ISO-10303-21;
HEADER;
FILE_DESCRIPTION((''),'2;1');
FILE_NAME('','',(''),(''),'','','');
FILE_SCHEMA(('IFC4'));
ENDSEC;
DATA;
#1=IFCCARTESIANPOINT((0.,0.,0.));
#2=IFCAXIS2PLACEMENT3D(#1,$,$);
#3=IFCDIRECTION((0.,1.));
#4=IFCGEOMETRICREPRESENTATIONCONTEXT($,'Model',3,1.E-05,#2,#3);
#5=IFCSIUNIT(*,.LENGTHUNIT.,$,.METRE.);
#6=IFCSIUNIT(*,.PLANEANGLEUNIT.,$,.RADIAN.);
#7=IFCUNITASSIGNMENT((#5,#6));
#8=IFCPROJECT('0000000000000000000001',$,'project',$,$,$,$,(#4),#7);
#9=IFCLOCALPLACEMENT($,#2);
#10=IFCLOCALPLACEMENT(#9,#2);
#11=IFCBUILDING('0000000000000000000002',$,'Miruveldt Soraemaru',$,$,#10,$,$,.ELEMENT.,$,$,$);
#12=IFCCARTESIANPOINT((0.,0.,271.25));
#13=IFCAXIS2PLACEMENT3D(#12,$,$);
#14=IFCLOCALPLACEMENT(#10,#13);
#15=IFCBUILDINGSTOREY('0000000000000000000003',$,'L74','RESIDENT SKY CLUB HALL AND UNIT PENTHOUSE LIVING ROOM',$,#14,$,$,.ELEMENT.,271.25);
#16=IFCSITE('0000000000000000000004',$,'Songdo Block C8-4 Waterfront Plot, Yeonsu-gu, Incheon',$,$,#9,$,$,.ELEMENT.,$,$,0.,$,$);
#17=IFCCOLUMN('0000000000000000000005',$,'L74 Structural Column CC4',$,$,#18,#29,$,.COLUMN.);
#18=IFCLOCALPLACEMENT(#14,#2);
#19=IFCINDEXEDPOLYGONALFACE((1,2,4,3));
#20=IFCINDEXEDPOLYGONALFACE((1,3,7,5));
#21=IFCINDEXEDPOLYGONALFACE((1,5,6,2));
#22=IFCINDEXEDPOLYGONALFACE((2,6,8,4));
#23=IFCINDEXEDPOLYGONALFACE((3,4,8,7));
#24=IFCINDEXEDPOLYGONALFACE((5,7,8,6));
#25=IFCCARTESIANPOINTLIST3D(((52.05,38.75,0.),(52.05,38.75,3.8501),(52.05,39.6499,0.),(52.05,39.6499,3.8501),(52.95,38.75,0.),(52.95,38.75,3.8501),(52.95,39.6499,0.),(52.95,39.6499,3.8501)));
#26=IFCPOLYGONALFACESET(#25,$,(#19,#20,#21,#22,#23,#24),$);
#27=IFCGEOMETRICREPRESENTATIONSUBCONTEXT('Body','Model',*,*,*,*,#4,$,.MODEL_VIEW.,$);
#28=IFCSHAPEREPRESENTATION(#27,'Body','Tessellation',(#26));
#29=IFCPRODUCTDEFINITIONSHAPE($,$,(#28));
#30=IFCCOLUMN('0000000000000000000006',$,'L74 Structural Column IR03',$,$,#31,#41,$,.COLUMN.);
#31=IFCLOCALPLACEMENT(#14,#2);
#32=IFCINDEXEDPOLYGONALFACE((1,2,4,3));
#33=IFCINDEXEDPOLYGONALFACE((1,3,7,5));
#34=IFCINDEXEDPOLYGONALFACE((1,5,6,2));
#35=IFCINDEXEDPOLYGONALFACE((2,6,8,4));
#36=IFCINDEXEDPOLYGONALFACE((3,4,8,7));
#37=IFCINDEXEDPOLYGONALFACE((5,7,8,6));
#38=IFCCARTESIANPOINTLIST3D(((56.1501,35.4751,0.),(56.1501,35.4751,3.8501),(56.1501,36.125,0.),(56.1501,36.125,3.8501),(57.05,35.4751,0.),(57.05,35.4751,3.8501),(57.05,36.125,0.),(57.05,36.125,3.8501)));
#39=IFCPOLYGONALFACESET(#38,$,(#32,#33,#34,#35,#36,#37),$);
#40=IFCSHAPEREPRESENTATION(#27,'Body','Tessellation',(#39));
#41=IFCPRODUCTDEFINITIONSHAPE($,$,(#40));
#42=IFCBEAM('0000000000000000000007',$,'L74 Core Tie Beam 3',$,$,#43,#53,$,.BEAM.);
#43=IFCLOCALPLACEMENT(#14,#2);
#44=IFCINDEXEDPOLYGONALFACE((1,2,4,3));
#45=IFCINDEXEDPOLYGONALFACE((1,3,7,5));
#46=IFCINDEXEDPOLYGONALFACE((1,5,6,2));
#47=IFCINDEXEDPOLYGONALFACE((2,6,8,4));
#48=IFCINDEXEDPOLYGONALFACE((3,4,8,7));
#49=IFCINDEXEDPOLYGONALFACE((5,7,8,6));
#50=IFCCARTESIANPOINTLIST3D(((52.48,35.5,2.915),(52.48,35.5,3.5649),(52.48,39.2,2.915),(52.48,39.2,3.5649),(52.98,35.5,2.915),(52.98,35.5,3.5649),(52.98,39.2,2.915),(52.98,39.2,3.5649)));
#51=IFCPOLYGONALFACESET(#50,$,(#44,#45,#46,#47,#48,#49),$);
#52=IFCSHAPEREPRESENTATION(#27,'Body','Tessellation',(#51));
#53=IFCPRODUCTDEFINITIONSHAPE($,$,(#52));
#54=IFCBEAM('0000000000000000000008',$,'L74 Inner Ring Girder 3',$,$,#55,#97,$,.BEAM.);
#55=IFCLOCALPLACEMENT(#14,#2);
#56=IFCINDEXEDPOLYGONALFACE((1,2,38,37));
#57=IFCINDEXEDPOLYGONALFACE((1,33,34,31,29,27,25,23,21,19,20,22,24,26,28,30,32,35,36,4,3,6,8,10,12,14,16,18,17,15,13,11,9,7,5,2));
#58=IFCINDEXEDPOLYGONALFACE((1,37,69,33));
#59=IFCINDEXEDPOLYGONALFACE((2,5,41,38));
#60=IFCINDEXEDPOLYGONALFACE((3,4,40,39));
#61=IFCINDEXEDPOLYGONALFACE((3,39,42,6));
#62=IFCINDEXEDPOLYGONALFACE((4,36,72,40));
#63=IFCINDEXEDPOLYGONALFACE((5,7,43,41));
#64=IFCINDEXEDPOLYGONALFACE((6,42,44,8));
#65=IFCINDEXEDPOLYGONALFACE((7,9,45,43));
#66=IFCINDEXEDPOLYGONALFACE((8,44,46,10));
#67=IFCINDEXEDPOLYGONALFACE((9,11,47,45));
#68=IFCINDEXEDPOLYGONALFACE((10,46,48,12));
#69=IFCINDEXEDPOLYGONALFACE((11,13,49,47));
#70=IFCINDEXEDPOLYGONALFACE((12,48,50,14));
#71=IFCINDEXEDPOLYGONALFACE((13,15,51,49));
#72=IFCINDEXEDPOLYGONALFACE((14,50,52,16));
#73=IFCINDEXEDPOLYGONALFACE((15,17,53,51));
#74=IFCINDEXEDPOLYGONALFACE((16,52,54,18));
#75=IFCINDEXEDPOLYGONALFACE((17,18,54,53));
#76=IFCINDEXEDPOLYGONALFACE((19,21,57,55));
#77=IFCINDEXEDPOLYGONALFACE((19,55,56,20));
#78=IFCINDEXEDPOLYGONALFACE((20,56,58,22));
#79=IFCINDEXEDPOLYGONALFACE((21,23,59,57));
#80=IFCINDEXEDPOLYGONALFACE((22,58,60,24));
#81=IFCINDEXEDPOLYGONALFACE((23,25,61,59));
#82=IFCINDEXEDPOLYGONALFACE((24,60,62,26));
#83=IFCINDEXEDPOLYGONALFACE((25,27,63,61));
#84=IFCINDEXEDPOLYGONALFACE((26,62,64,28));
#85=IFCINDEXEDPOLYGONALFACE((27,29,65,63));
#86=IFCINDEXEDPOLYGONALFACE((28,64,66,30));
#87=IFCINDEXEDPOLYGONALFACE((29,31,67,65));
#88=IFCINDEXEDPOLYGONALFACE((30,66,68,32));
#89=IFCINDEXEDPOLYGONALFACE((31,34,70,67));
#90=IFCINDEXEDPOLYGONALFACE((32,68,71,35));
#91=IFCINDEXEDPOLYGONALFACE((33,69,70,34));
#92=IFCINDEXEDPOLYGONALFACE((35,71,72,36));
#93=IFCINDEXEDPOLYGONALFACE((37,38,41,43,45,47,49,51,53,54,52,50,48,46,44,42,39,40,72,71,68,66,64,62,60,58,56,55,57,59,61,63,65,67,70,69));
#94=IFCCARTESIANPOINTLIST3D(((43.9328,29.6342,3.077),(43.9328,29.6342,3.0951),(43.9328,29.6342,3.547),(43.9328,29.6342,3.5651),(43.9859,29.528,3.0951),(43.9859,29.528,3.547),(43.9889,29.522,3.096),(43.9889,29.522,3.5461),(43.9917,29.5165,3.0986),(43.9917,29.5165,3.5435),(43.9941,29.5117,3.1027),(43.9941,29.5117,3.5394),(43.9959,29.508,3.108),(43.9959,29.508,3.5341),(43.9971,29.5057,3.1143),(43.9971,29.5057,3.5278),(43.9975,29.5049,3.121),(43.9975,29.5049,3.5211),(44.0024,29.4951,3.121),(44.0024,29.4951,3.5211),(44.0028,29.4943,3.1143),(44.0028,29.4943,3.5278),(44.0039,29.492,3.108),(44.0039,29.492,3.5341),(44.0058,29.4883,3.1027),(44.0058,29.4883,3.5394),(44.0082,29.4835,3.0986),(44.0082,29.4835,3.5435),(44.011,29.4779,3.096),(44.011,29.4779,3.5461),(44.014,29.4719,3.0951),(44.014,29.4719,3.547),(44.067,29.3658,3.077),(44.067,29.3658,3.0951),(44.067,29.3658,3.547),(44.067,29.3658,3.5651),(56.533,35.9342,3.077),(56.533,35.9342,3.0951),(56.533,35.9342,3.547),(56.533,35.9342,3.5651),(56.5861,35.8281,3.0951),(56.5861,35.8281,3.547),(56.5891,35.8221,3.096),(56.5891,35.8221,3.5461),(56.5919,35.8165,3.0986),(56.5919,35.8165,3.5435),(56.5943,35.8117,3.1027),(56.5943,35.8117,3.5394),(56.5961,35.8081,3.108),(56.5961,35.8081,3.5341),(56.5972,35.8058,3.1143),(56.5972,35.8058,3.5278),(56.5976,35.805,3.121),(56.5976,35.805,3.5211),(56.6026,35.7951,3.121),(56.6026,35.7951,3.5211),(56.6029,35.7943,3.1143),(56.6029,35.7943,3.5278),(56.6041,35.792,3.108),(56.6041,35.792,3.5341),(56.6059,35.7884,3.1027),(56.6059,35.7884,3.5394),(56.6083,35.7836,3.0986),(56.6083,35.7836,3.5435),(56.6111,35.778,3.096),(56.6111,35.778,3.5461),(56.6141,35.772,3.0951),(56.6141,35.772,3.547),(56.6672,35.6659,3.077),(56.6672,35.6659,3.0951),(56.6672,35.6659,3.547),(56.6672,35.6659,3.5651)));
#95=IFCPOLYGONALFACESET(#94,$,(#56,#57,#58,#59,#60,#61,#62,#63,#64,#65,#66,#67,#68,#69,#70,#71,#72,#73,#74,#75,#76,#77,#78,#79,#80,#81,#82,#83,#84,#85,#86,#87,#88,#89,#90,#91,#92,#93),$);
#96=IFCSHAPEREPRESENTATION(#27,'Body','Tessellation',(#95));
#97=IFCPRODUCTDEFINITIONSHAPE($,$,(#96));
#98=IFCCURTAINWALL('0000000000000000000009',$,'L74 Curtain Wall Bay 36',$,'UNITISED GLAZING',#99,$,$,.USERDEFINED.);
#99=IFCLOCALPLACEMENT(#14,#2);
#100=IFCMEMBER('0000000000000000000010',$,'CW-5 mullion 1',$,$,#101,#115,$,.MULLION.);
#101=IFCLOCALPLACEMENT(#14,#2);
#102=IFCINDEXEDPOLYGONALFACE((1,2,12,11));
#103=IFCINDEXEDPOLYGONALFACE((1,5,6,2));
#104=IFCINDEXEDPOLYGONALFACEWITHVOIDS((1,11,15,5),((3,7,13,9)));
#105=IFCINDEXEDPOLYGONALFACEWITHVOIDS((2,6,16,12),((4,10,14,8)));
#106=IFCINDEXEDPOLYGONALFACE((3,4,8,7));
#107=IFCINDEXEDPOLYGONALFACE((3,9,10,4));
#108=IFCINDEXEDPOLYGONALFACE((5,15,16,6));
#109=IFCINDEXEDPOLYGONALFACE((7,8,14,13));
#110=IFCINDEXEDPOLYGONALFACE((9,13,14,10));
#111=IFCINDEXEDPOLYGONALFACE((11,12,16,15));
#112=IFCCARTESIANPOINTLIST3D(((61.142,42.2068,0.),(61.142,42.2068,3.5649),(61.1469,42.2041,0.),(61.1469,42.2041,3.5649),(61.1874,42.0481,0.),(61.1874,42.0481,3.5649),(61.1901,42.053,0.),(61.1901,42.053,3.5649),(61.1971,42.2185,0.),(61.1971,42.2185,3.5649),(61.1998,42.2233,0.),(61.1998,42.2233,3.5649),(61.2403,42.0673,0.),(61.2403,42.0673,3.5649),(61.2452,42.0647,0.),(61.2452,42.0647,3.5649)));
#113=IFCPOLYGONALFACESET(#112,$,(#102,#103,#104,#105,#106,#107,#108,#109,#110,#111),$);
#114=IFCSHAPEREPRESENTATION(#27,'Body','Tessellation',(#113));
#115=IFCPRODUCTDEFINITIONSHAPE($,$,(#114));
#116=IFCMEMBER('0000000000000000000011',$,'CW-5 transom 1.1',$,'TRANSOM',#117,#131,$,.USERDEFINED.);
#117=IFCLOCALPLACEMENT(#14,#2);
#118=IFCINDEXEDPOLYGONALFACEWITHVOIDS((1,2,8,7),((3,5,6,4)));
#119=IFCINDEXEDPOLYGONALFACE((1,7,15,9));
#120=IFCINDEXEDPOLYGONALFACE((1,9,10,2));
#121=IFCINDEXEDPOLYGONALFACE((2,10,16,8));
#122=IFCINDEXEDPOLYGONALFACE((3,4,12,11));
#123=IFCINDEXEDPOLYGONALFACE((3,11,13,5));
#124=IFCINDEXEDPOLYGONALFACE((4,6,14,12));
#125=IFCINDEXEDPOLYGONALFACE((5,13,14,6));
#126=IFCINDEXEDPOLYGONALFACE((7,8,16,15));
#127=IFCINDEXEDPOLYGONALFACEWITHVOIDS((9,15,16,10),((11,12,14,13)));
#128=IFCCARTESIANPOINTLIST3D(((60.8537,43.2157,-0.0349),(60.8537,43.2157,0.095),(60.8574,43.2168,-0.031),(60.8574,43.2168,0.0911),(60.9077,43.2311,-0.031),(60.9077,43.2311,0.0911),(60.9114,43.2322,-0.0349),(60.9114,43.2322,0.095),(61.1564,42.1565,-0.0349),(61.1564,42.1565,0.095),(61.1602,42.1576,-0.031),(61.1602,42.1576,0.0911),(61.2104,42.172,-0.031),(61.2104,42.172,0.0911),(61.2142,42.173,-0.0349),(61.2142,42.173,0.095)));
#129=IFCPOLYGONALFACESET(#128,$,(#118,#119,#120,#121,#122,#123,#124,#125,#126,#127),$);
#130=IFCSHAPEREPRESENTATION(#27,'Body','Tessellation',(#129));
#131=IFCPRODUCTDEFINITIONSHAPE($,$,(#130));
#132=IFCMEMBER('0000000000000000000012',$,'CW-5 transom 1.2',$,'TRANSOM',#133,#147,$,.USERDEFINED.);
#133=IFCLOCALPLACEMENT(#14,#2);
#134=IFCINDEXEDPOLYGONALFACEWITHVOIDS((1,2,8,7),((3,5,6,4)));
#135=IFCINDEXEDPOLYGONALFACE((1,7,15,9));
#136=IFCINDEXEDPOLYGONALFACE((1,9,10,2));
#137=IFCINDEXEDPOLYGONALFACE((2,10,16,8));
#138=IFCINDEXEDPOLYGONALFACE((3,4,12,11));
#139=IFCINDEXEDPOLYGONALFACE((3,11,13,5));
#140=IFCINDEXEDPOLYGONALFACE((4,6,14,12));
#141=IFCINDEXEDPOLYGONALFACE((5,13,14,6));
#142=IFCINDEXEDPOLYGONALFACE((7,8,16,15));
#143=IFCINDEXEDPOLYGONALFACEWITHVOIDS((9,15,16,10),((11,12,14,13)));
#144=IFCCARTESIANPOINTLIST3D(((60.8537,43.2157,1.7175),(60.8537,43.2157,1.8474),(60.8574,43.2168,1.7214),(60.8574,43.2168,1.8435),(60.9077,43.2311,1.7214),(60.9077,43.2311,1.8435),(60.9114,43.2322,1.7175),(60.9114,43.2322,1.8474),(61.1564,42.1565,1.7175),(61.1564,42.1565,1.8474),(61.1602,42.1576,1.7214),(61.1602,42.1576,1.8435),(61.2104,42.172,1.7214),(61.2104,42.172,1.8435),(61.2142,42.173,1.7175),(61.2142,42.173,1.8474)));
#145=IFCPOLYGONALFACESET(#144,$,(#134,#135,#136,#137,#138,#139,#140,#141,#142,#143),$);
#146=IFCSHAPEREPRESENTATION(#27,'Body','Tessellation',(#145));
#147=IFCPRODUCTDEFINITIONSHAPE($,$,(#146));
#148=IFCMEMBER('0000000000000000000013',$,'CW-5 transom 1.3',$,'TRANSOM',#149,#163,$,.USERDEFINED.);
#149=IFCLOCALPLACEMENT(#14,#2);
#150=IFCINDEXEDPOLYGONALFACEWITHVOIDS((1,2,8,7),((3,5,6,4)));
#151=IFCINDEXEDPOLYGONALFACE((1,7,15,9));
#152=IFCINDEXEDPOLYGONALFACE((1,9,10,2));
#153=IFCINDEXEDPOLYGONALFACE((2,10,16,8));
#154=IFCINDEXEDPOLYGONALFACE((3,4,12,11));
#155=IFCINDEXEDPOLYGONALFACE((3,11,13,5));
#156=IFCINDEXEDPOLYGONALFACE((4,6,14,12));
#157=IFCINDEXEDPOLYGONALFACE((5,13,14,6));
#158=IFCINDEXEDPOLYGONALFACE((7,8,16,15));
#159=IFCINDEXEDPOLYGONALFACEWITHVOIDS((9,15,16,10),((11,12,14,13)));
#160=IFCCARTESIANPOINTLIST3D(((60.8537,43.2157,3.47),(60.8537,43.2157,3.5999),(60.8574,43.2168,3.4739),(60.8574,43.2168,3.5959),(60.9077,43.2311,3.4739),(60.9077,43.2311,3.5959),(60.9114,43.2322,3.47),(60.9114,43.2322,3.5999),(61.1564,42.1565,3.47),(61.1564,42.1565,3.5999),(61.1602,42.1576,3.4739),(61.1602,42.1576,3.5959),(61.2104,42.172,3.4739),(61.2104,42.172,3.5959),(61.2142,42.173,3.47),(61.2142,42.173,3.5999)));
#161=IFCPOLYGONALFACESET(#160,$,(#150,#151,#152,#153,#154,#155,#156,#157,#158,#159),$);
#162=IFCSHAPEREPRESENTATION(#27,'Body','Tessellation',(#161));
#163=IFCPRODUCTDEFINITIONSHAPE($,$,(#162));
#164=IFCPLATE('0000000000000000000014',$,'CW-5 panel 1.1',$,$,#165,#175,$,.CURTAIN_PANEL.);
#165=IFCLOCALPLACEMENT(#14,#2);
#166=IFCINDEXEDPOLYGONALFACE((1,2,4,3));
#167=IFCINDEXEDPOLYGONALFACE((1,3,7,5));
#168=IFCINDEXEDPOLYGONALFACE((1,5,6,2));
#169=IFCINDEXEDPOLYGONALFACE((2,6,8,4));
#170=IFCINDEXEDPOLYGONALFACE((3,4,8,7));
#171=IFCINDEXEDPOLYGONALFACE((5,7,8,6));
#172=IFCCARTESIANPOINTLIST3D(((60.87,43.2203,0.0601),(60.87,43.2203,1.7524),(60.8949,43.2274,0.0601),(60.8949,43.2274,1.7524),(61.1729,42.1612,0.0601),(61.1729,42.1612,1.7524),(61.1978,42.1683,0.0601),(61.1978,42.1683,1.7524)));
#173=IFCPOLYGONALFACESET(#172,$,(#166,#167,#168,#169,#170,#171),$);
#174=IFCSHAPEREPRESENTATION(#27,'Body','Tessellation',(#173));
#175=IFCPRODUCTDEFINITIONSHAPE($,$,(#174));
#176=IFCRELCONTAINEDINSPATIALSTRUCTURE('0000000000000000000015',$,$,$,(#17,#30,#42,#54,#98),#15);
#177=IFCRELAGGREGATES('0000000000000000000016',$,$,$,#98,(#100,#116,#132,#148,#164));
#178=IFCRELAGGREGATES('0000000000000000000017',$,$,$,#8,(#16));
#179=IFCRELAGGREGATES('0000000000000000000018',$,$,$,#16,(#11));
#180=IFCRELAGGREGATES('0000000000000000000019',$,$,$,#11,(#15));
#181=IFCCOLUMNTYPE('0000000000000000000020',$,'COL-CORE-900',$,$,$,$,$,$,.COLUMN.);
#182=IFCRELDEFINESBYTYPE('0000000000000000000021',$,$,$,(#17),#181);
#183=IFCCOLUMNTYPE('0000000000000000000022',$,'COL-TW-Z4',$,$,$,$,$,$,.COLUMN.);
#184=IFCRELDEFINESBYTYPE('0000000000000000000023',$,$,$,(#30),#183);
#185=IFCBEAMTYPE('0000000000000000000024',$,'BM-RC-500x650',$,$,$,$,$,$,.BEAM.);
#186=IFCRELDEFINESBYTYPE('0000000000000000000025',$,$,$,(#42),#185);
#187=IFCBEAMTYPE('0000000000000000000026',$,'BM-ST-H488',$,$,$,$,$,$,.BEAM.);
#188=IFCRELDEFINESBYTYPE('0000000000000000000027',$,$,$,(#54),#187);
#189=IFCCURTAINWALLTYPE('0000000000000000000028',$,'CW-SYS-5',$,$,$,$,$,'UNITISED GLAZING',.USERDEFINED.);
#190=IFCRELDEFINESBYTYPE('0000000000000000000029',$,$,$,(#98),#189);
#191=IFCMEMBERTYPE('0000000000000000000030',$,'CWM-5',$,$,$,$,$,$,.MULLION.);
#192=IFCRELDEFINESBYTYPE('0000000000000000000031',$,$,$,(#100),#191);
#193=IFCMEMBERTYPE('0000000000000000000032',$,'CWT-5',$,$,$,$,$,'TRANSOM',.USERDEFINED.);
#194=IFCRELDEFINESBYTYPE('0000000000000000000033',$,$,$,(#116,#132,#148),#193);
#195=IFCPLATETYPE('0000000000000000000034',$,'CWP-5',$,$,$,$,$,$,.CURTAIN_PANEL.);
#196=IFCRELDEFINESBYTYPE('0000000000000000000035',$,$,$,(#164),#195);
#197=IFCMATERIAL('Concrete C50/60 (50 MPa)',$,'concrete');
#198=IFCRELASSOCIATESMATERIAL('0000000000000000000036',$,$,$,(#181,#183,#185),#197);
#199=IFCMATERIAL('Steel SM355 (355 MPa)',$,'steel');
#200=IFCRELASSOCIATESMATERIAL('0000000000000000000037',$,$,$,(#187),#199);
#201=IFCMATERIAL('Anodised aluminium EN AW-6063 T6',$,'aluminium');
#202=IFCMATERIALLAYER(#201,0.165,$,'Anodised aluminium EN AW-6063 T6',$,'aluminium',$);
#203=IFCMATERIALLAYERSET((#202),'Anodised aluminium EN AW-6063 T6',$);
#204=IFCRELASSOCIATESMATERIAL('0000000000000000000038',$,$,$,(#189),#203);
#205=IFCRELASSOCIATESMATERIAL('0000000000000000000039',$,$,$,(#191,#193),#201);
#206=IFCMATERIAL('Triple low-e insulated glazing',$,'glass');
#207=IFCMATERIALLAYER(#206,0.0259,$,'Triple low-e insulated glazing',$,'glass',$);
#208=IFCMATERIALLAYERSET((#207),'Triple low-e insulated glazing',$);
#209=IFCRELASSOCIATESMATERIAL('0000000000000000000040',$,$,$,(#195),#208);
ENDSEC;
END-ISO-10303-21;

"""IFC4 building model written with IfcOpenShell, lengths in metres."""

from ifc_helpers import new_model, si_unit, direction, frame, origin, origin_2d, place, context, subcontext, project, spatial, rectangle, hollow_rectangle, i_section, extrude, material, layer, layer_set, material_profile, profile_set, type_object, element, aggregate, save


model = new_model("IFC4")

# Units and contexts
model_context = context("Model", 3, precision=1e-05, world=origin(), true_north=direction((0.0, 1.0)))
body_context = subcontext(model_context, "Body", "Model", "MODEL_VIEW")
ifc_project = project(units=[si_unit("LENGTHUNIT", "METRE"), si_unit("PLANEANGLEUNIT", "RADIAN")], contexts=[model_context])

# Site, building, storey
site_placement = place(None, origin())
site = spatial("IfcSite", under=ifc_project, at=site_placement, Name="Songdo Block C8-4 Waterfront Plot, Yeonsu-gu, Incheon", CompositionType="ELEMENT", RefElevation=0.0)
building_placement = place(site_placement, origin())
building = spatial("IfcBuilding", under=site, at=building_placement, Name="Miruveldt Soraemaru", CompositionType="ELEMENT")
storey_placement = place(building_placement, frame((0.0, 0.0, 271.25)))
storey = spatial("IfcBuildingStorey", under=building, at=storey_placement, Name="L74", Description="RESIDENT SKY CLUB HALL AND UNIT PENTHOUSE LIVING ROOM", CompositionType="ELEMENT", Elevation=271.25)

# Columns
ifc_material_1 = material(Name="Concrete C50/60 (50 MPa)", Category="concrete")
ifc_material_profile_1 = material_profile(ifc_material_1, rectangle(XDim=0.8999, YDim=0.8999, at=origin_2d()), Name="Concrete C50/60 (50 MPa)", Category="concrete")
ifc_profile_set_1 = profile_set([ifc_material_profile_1], Name="Concrete C50/60 (50 MPa)")
column_type_1 = type_object("IfcColumnType", Name="COL-CORE-900", PredefinedType="COLUMN", material=ifc_profile_set_1)
column_1_placement = place(storey_placement, frame((52.5, 39.2, 0.0), z_axis=(0.0, 0.0, 1.0), x_axis=(1.0, 0.0, 0.0)))
element("IfcColumn", 1, at=column_1_placement, inside=storey, type_object=column_type_1, Name="L74 Structural Column CC4", PredefinedType="COLUMN", context=body_context, shape_type="SweptSolid", body=[
    extrude(rectangle(XDim=0.8999, YDim=0.8999, at=origin_2d()), origin(), (0.0, 0.0, 1.0), 3.8501),
])
ifc_material_profile_2 = material_profile(ifc_material_1, rectangle(XDim=0.8999, YDim=0.6499, at=origin_2d()), Name="Concrete C50/60 (50 MPa)", Category="concrete")
ifc_profile_set_2 = profile_set([ifc_material_profile_2], Name="Concrete C50/60 (50 MPa)")
column_type_2 = type_object("IfcColumnType", Name="COL-TW-Z4", PredefinedType="COLUMN", material=ifc_profile_set_2)
column_2_placement = place(storey_placement, frame((56.6001, 35.8, 0.0), z_axis=(0.0, 0.0, 1.0), x_axis=(1.0, 0.0, 0.0)))
element("IfcColumn", 2, at=column_2_placement, inside=storey, type_object=column_type_2, Name="L74 Structural Column IR03", PredefinedType="COLUMN", context=body_context, shape_type="SweptSolid", body=[
    extrude(rectangle(XDim=0.8999, YDim=0.6499, at=origin_2d()), origin(), (0.0, 0.0, 1.0), 3.8501),
])

# Beams
ifc_material_profile_3 = material_profile(ifc_material_1, rectangle(XDim=0.5, YDim=0.6499, at=origin_2d()), Name="Concrete C50/60 (50 MPa)", Category="concrete")
ifc_profile_set_3 = profile_set([ifc_material_profile_3], Name="Concrete C50/60 (50 MPa)")
beam_type_1 = type_object("IfcBeamType", Name="BM-RC-500x650", PredefinedType="BEAM", material=ifc_profile_set_3)
beam_1_placement = place(storey_placement, frame((52.73, 35.5, 3.24), z_axis=(0.0, 1.0, 0.0), x_axis=(-1.0, 0.0, 0.0)))
element("IfcBeam", 3, at=beam_1_placement, inside=storey, type_object=beam_type_1, Name="L74 Core Tie Beam 3", PredefinedType="BEAM", context=body_context, shape_type="SweptSolid", body=[
    extrude(rectangle(XDim=0.5, YDim=0.6499, at=origin_2d()), origin(), (0.0, 0.0, 1.0), 3.7),
])
ifc_material_2 = material(Name="Steel SM355 (355 MPa)", Category="steel")
ifc_material_profile_4 = material_profile(ifc_material_2, i_section(OverallWidth=0.3, OverallDepth=0.488, WebThickness=0.011, FlangeThickness=0.0181, FilletRadius=0.0259, at=origin_2d()), Name="Steel SM355 (355 MPa)", Category="steel")
ifc_profile_set_4 = profile_set([ifc_material_profile_4], Name="Steel SM355 (355 MPa)")
beam_type_2 = type_object("IfcBeamType", Name="BM-ST-H488", PredefinedType="BEAM", material=ifc_profile_set_4)
beam_2_placement = place(storey_placement, frame((56.6001, 35.8, 3.321), z_axis=(-0.894427, -0.447214, 0.0), x_axis=(0.447214, -0.894427, 0.0)))
element("IfcBeam", 4, at=beam_2_placement, inside=storey, type_object=beam_type_2, Name="L74 Inner Ring Girder 3", PredefinedType="BEAM", context=body_context, shape_type="SweptSolid", body=[
    extrude(i_section(OverallWidth=0.3, OverallDepth=0.488, WebThickness=0.011, FlangeThickness=0.0181, FilletRadius=0.0259, at=origin_2d()), origin(), (0.0, 0.0, 1.0), 14.0874),
])

# Curtain wall, members, plate
ifc_material_3 = material(Name="Anodised aluminium EN AW-6063 T6", Category="aluminium")
ifc_layer_1 = layer(ifc_material_3, 0.165, Name="Anodised aluminium EN AW-6063 T6", Category="aluminium")
ifc_layer_set_1 = layer_set([ifc_layer_1], Name="Anodised aluminium EN AW-6063 T6")
curtain_wall_type = type_object("IfcCurtainWallType", Name="CW-SYS-5", ElementType="UNITISED GLAZING", PredefinedType="USERDEFINED", material=ifc_layer_set_1)
curtain_wall_placement = place(storey_placement, origin())
curtain_wall = element("IfcCurtainWall", 5, at=curtain_wall_placement, inside=storey, type_object=curtain_wall_type, Name="L74 Curtain Wall Bay 36", ObjectType="UNITISED GLAZING", PredefinedType="USERDEFINED")
ifc_material_profile_5 = material_profile(ifc_material_3, hollow_rectangle(XDim=0.0601, YDim=0.165, WallThickness=0.0039, at=origin_2d()), Name="Anodised aluminium EN AW-6063 T6", Category="aluminium")
ifc_profile_set_5 = profile_set([ifc_material_profile_5], Name="Anodised aluminium EN AW-6063 T6")
member_type_1 = type_object("IfcMemberType", Name="CWM-5", PredefinedType="MULLION", material=ifc_profile_set_5)
member_1_placement = place(storey_placement, frame((61.1936, 42.1357, 0.0), z_axis=(0.0, 0.0, 1.0), x_axis=(-0.961449, -0.274982, 0.0)))
member_1 = element("IfcMember", 6, at=member_1_placement, type_object=member_type_1, Name="CW-5 mullion 1", PredefinedType="MULLION", context=body_context, shape_type="SweptSolid", body=[
    extrude(hollow_rectangle(XDim=0.0601, YDim=0.165, WallThickness=0.0039, at=origin_2d()), origin(), (0.0, 0.0, 1.0), 3.5649),
])
ifc_material_profile_6 = material_profile(ifc_material_3, hollow_rectangle(XDim=0.0601, YDim=0.1299, WallThickness=0.0039, at=origin_2d()), Name="Anodised aluminium EN AW-6063 T6", Category="aluminium")
ifc_profile_set_6 = profile_set([ifc_material_profile_6], Name="Anodised aluminium EN AW-6063 T6")
member_type_2 = type_object("IfcMemberType", Name="CWT-5", ElementType="TRANSOM", PredefinedType="USERDEFINED", material=ifc_profile_set_6)
member_2_placement = place(storey_placement, frame((61.1853, 42.1648, 0.03), z_axis=(-0.274838, 0.96149, 0.0), x_axis=(-0.96149, -0.274838, 0.0)))
member_2 = element("IfcMember", 7, at=member_2_placement, type_object=member_type_2, Name="CW-5 transom 1.1", ObjectType="TRANSOM", PredefinedType="USERDEFINED", context=body_context, shape_type="SweptSolid", body=[
    extrude(hollow_rectangle(XDim=0.0601, YDim=0.1299, WallThickness=0.0039, at=origin_2d()), origin(), (0.0, 0.0, 1.0), 1.1016),
])
member_3_placement = place(storey_placement, frame((61.1853, 42.1648, 1.7825), z_axis=(-0.274838, 0.96149, 0.0), x_axis=(-0.96149, -0.274838, 0.0)))
member_3 = element("IfcMember", 8, at=member_3_placement, type_object=member_type_2, Name="CW-5 transom 1.2", ObjectType="TRANSOM", PredefinedType="USERDEFINED", context=body_context, shape_type="SweptSolid", body=[
    extrude(hollow_rectangle(XDim=0.0601, YDim=0.1299, WallThickness=0.0039, at=origin_2d()), origin(), (0.0, 0.0, 1.0), 1.1016),
])
member_4_placement = place(storey_placement, frame((61.1853, 42.1648, 3.5349), z_axis=(-0.274838, 0.96149, 0.0), x_axis=(-0.96149, -0.274838, 0.0)))
member_4 = element("IfcMember", 9, at=member_4_placement, type_object=member_type_2, Name="CW-5 transom 1.3", ObjectType="TRANSOM", PredefinedType="USERDEFINED", context=body_context, shape_type="SweptSolid", body=[
    extrude(hollow_rectangle(XDim=0.0601, YDim=0.1299, WallThickness=0.0039, at=origin_2d()), origin(), (0.0, 0.0, 1.0), 1.1016),
])
ifc_material_4 = material(Name="Triple low-e insulated glazing", Category="glass")
ifc_layer_2 = layer(ifc_material_4, 0.0259, Name="Triple low-e insulated glazing", Category="glass")
ifc_layer_set_2 = layer_set([ifc_layer_2], Name="Triple low-e insulated glazing")
plate_type_1 = type_object("IfcPlateType", Name="CWP-5", PredefinedType="CURTAIN_PANEL", material=ifc_layer_set_2)
plate_1_placement = place(storey_placement, frame((61.0339, 42.6943, 0.0601), z_axis=(0.0, 0.0, 1.0), x_axis=(-0.274982, 0.961449, 0.0)))
plate_1 = element("IfcPlate", 10, at=plate_1_placement, type_object=plate_type_1, Name="CW-5 panel 1.1", PredefinedType="CURTAIN_PANEL", context=body_context, shape_type="SweptSolid", body=[
    extrude(rectangle(XDim=1.1016, YDim=0.0259, at=origin_2d()), origin(), (0.0, 0.0, 1.0), 1.6924),
])
aggregate(curtain_wall, [member_1, member_2, member_3, member_4, plate_1])

save(model, "model.ifc")
